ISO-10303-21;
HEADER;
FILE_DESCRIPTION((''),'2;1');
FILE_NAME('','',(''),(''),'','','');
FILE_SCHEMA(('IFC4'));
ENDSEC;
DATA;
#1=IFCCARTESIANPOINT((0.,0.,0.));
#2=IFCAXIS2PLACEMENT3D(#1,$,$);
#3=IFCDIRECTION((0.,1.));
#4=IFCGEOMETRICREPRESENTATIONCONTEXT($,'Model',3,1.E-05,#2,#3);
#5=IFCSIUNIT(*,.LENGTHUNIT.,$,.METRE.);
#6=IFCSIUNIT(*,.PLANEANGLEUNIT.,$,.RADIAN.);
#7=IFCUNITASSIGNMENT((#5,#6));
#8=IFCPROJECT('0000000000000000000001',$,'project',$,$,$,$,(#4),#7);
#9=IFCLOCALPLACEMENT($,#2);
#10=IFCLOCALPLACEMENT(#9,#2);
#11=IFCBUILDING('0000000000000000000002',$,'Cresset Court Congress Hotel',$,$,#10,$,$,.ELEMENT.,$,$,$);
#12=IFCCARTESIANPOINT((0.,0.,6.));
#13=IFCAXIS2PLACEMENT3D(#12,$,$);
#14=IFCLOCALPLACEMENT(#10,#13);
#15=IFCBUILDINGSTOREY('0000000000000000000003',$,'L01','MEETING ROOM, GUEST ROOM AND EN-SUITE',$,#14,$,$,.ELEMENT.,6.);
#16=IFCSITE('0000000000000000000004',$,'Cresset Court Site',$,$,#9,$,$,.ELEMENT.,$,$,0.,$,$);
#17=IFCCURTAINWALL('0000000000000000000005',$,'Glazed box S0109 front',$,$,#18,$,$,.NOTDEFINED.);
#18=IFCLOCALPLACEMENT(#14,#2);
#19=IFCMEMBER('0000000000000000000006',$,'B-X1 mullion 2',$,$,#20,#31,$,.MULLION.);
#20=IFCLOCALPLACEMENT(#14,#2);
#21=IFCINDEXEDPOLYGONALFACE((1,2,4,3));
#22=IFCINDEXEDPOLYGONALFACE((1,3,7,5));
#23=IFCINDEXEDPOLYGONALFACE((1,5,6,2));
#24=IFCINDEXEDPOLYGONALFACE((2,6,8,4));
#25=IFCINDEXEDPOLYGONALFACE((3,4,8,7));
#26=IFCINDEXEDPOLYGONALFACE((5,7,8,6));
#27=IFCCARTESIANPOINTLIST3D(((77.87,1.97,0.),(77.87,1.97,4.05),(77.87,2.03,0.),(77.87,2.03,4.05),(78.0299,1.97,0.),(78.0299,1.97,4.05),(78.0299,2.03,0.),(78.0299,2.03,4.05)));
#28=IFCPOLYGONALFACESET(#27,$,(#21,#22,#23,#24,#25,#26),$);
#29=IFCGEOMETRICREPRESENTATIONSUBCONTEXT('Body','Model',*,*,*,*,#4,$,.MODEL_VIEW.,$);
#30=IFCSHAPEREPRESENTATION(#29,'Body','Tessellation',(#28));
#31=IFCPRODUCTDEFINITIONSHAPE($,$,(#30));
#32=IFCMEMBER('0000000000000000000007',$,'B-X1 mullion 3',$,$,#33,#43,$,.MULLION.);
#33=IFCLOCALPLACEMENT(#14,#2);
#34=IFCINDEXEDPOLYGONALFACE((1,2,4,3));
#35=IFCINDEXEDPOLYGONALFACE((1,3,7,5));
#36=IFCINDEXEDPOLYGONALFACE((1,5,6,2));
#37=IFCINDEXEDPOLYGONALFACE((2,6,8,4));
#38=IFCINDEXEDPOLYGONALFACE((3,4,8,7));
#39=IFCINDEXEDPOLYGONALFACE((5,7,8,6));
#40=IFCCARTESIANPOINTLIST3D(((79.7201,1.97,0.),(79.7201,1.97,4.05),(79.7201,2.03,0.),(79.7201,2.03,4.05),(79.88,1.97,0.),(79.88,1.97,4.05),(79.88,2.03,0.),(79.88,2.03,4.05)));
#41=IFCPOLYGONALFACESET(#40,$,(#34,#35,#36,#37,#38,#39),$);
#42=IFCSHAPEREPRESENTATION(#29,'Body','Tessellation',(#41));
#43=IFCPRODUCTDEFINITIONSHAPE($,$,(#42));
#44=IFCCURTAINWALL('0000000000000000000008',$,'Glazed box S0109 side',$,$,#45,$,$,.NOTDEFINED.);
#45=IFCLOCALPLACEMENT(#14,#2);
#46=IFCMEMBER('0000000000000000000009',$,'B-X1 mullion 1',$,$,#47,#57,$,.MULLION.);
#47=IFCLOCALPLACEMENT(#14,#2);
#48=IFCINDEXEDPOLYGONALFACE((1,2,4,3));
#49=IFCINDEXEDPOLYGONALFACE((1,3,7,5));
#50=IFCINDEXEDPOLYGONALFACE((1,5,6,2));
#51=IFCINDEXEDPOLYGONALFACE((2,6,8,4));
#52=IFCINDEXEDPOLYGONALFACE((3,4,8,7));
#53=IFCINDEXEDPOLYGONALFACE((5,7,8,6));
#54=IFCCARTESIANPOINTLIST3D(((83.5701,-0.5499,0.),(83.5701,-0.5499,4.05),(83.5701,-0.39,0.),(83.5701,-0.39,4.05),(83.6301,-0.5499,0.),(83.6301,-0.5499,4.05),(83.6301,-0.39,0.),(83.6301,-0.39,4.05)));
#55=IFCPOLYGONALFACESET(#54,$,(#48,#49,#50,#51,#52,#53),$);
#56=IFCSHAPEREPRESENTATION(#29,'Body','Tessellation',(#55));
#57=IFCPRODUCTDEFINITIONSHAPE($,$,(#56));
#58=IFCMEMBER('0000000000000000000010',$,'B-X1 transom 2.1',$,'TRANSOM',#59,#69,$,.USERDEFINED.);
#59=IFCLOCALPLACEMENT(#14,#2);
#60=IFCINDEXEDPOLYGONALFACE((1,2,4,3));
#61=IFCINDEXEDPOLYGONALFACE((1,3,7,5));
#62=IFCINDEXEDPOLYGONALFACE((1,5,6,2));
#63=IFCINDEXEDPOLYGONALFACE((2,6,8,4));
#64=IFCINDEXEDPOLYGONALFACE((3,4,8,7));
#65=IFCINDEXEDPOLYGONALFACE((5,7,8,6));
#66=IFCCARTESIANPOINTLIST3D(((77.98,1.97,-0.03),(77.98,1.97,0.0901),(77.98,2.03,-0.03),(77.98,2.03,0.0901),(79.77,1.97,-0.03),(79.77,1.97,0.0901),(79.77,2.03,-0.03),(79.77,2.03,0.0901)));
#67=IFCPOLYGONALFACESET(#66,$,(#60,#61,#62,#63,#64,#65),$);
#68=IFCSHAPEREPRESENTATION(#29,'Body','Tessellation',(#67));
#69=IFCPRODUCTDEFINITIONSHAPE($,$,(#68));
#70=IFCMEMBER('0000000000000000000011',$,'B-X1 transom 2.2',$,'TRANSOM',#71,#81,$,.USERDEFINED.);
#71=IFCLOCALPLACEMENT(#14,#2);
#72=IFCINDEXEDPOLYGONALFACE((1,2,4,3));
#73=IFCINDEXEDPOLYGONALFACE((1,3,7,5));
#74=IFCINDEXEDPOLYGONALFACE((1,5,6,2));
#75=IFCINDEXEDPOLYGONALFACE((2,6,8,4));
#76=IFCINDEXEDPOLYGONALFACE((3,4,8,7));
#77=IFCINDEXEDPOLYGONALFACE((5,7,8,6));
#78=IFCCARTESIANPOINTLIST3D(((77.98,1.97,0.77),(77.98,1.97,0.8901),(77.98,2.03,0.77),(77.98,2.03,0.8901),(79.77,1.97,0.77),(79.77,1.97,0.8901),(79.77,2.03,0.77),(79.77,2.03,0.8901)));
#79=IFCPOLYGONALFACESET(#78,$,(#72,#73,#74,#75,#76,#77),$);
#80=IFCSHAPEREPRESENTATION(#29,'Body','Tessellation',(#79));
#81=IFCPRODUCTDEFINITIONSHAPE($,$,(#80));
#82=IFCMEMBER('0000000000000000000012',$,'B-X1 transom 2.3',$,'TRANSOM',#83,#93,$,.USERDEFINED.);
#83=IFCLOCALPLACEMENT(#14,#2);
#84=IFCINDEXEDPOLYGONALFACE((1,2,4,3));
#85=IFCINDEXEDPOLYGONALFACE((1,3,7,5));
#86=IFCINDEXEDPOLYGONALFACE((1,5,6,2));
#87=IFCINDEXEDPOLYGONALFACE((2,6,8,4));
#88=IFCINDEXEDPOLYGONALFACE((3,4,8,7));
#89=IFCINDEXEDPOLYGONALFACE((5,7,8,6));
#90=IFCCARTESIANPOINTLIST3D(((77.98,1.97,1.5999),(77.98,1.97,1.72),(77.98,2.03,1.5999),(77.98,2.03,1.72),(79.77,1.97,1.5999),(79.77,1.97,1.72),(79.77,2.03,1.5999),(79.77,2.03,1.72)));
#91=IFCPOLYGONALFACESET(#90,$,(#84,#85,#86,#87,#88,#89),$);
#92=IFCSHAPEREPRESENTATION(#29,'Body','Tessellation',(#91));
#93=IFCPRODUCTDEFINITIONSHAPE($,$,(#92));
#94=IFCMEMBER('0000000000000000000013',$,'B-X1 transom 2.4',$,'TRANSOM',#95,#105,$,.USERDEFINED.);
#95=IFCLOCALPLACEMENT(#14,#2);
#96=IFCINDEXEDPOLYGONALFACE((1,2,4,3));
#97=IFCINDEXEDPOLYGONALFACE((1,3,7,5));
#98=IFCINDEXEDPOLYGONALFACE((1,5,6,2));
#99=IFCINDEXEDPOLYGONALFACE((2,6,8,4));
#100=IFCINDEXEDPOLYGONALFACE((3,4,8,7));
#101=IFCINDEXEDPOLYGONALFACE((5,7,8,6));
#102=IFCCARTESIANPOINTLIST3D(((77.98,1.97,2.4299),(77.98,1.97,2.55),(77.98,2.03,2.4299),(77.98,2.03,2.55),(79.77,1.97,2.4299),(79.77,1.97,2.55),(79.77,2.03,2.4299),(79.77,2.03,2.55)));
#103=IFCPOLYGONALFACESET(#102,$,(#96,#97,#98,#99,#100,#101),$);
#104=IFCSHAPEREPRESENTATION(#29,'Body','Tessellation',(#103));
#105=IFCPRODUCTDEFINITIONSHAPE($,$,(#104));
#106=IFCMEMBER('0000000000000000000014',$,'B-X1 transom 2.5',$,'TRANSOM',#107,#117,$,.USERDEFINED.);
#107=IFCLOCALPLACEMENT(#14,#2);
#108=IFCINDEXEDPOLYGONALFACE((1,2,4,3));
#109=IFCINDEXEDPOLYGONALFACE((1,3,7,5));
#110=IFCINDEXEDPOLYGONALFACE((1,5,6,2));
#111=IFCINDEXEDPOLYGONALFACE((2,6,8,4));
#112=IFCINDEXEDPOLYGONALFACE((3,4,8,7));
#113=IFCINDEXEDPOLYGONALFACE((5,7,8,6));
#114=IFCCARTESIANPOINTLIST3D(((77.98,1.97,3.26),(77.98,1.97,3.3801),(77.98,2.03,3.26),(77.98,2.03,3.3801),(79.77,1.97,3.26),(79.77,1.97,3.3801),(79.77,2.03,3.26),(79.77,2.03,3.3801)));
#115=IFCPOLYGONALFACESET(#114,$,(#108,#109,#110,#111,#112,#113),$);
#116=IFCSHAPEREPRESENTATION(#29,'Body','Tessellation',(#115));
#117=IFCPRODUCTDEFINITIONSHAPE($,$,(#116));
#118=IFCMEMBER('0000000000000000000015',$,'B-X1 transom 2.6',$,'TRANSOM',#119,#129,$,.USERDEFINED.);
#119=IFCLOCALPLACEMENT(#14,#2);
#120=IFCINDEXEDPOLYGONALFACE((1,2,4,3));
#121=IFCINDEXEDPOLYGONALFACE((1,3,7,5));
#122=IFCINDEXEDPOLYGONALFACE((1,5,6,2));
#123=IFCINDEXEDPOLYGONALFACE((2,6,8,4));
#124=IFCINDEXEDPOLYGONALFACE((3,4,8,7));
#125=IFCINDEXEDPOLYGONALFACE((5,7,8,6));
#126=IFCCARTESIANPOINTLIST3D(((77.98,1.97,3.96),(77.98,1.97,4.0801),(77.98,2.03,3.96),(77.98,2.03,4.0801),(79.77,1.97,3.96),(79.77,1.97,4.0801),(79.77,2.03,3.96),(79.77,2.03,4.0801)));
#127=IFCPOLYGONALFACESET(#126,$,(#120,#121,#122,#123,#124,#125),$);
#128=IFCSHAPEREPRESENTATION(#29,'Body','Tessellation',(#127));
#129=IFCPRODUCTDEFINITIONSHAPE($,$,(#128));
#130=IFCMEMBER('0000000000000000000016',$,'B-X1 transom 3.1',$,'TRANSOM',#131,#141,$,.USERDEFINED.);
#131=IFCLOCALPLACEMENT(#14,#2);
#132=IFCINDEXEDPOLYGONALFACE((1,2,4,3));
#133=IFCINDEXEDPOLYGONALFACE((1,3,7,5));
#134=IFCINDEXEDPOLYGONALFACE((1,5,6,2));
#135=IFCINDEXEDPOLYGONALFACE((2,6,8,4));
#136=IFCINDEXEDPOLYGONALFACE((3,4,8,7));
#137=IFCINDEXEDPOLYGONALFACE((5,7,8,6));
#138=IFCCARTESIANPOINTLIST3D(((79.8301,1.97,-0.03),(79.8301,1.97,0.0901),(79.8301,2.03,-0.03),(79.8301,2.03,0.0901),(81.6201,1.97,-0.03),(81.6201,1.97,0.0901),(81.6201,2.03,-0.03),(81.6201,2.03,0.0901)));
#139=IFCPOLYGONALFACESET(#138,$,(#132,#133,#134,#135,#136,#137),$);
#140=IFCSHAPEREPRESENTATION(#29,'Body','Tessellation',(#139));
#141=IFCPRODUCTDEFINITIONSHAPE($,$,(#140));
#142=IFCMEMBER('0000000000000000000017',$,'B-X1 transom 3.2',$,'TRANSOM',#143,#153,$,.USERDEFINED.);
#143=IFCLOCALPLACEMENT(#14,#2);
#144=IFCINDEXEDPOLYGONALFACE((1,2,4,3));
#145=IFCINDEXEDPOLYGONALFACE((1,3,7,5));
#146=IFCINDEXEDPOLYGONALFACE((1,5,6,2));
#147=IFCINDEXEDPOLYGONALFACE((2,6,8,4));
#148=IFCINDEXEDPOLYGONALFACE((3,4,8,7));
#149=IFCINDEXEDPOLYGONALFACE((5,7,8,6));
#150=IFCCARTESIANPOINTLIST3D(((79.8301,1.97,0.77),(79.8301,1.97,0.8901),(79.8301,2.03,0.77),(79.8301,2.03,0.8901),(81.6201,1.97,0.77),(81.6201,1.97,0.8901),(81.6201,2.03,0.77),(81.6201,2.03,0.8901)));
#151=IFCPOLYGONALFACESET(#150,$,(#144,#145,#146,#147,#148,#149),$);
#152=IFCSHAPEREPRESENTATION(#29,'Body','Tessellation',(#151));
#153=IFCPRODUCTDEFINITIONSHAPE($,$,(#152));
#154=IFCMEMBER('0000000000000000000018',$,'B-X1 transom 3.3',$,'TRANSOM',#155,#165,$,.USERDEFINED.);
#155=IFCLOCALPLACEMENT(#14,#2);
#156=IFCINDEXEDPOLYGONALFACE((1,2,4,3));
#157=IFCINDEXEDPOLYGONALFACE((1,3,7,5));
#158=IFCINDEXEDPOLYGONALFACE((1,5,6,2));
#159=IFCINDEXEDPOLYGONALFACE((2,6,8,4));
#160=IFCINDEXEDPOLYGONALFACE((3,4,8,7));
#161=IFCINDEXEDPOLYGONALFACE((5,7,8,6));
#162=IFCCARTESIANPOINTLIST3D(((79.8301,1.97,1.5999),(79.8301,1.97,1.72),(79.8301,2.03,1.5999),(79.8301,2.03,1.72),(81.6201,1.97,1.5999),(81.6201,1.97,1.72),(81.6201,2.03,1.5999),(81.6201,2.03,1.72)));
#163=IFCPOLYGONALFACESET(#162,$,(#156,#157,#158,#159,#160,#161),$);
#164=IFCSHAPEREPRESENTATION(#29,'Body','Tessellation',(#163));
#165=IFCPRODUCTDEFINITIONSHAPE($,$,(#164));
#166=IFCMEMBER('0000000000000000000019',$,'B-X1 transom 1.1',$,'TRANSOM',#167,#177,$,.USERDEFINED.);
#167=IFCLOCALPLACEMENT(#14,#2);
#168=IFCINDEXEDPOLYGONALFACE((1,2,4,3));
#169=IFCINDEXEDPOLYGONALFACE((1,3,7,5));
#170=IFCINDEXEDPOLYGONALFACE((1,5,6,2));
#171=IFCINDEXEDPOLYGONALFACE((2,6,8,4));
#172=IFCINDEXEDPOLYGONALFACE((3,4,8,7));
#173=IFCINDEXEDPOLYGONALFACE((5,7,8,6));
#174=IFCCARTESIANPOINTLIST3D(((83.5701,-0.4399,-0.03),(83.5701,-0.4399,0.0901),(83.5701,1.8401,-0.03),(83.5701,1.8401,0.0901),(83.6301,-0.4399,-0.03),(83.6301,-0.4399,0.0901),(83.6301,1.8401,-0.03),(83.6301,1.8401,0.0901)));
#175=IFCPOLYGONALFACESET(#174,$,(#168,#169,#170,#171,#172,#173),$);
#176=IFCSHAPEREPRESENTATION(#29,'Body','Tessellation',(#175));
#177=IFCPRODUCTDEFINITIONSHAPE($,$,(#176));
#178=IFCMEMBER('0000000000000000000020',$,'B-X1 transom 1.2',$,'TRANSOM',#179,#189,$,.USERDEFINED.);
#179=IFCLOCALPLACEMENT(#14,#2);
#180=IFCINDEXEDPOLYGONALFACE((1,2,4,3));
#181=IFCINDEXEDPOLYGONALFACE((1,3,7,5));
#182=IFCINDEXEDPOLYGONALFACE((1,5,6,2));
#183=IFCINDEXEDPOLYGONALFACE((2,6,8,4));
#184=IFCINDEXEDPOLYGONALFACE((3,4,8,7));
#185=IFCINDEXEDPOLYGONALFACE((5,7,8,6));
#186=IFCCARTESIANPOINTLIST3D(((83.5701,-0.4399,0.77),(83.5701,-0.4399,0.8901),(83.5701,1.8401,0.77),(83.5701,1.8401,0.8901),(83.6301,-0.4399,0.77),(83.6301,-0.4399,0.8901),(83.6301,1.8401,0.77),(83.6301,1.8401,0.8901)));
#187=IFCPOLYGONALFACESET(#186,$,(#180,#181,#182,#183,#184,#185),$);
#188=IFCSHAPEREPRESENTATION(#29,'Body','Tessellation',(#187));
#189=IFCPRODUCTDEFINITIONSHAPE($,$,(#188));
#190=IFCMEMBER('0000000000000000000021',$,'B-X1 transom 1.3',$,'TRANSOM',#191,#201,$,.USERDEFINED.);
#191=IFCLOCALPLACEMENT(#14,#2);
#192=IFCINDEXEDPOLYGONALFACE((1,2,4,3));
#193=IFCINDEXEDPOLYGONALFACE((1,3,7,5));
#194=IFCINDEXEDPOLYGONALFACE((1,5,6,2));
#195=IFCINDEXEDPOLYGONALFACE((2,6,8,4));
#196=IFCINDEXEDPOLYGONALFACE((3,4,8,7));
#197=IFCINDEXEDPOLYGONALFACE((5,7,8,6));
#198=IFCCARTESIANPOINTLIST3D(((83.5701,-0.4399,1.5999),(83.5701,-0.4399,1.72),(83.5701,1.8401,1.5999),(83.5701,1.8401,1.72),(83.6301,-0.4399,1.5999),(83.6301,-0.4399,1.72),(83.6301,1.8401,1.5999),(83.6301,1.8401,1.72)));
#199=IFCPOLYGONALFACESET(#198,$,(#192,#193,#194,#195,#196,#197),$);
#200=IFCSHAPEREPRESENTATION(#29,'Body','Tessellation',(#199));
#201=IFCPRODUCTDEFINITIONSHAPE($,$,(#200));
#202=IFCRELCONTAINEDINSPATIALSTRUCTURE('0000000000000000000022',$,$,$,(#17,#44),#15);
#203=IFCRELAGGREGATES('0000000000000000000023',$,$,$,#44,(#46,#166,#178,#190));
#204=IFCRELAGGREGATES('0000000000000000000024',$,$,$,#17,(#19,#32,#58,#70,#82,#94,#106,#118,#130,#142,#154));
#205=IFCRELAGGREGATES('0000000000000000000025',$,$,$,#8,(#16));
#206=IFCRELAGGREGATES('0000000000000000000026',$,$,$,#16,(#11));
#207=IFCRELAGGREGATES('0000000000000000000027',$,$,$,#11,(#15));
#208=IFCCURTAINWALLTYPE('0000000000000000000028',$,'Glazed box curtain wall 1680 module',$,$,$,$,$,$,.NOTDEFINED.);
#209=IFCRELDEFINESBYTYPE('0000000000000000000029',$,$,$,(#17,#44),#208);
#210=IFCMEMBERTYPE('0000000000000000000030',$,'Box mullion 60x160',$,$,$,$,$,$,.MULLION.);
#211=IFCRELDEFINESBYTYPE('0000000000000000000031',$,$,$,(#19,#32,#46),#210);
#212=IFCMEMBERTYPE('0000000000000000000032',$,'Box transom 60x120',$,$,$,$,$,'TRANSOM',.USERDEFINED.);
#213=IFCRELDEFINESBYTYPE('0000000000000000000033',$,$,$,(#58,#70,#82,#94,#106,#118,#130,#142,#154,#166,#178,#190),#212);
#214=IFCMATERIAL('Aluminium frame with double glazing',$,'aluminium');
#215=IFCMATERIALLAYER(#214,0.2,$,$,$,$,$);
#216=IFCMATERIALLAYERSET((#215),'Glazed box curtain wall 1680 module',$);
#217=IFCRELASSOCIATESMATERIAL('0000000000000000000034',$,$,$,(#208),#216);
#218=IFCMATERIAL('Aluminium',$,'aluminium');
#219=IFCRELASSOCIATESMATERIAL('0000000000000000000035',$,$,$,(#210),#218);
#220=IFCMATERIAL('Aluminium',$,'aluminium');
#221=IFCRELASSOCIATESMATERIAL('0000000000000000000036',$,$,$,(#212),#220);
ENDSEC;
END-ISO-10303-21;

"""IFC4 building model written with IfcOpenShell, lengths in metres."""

from ifc_helpers import new_model, si_unit, direction, frame, origin, origin_2d, place, context, subcontext, project, spatial, rectangle, extrude, material, layer, layer_set, material_profile, profile_set, type_object, element, aggregate, save


model = new_model("IFC4")

# Units and contexts
model_context = context("Model", 3, precision=1e-05, world=origin(), true_north=direction((0.0, 1.0)))
body_context = subcontext(model_context, "Body", "Model", "MODEL_VIEW")
ifc_project = project(units=[si_unit("LENGTHUNIT", "METRE"), si_unit("PLANEANGLEUNIT", "RADIAN")], contexts=[model_context])

# Site, building, storey
site_placement = place(None, origin())
site = spatial("IfcSite", under=ifc_project, at=site_placement, Name="Cresset Court Site", CompositionType="ELEMENT", RefElevation=0.0)
building_placement = place(site_placement, origin())
building = spatial("IfcBuilding", under=site, at=building_placement, Name="Cresset Court Congress Hotel", CompositionType="ELEMENT")
storey_placement = place(building_placement, frame((0.0, 0.0, 6.0)))
storey = spatial("IfcBuildingStorey", under=building, at=storey_placement, Name="L01", Description="MEETING ROOM, GUEST ROOM AND EN-SUITE", CompositionType="ELEMENT", Elevation=6.0)

# Curtain wall, members
ifc_material_1 = material(Name="Aluminium frame with double glazing", Category="aluminium")
ifc_layer_1 = layer(ifc_material_1, 0.2)
ifc_layer_set_1 = layer_set([ifc_layer_1], Name="Glazed box curtain wall 1680 module")
curtain_wall_type = type_object("IfcCurtainWallType", Name="Glazed box curtain wall 1680 module", PredefinedType="NOTDEFINED", material=ifc_layer_set_1)
curtain_wall_1_placement = place(storey_placement, origin())
curtain_wall_1 = element("IfcCurtainWall", 1, at=curtain_wall_1_placement, inside=storey, type_object=curtain_wall_type, Name="Glazed box S0109 front", PredefinedType="NOTDEFINED")
ifc_material_2 = material(Name="Aluminium", Category="aluminium")
ifc_material_profile_1 = material_profile(ifc_material_2, rectangle(XDim=0.0601, YDim=0.1599, at=origin_2d()), Name="Box mullion 60x160")
ifc_profile_set_1 = profile_set([ifc_material_profile_1], Name="Aluminium")
member_type_1 = type_object("IfcMemberType", Name="Box mullion 60x160", PredefinedType="MULLION", material=ifc_profile_set_1)
member_1_placement = place(storey_placement, frame((77.95, 2.0, 0.0), z_axis=(0.0, 0.0, 1.0), x_axis=(0.0, 1.0, 0.0)))
member_1 = element("IfcMember", 2, at=member_1_placement, type_object=member_type_1, Name="B-X1 mullion 2", PredefinedType="MULLION", context=body_context, shape_type="SweptSolid", body=[
    extrude(rectangle(XDim=0.0601, YDim=0.1599, at=origin_2d()), origin(), (0.0, 0.0, 1.0), 4.05),
])
member_2_placement = place(storey_placement, frame((79.8, 2.0, 0.0), z_axis=(0.0, 0.0, 1.0), x_axis=(0.0, 1.0, 0.0)))
member_2 = element("IfcMember", 3, at=member_2_placement, type_object=member_type_1, Name="B-X1 mullion 3", PredefinedType="MULLION", context=body_context, shape_type="SweptSolid", body=[
    extrude(rectangle(XDim=0.0601, YDim=0.1599, at=origin_2d()), origin(), (0.0, 0.0, 1.0), 4.05),
])

# Curtain wall, member
curtain_wall_2_placement = place(storey_placement, origin())
curtain_wall_2 = element("IfcCurtainWall", 4, at=curtain_wall_2_placement, inside=storey, type_object=curtain_wall_type, Name="Glazed box S0109 side", PredefinedType="NOTDEFINED")
member_3_placement = place(storey_placement, frame((83.6001, -0.47, 0.0), z_axis=(0.0, 0.0, 1.0), x_axis=(-1.0, 0.0, 0.0)))
member_3 = element("IfcMember", 5, at=member_3_placement, type_object=member_type_1, Name="B-X1 mullion 1", PredefinedType="MULLION", context=body_context, shape_type="SweptSolid", body=[
    extrude(rectangle(XDim=0.0601, YDim=0.1599, at=origin_2d()), origin(), (0.0, 0.0, 1.0), 4.05),
])

# Members
ifc_material_3 = material(Name="Aluminium", Category="aluminium")
ifc_material_profile_2 = material_profile(ifc_material_3, rectangle(XDim=0.0601, YDim=0.1201, at=origin_2d()), Name="Box transom 60x120")
ifc_profile_set_2 = profile_set([ifc_material_profile_2], Name="Aluminium")
member_type_2 = type_object("IfcMemberType", Name="Box transom 60x120", ElementType="TRANSOM", PredefinedType="USERDEFINED", material=ifc_profile_set_2)
member_4_placement = place(storey_placement, frame((77.98, 2.0, 0.03), z_axis=(1.0, 0.0, 0.0), x_axis=(0.0, 1.0, 0.0)))
member_4 = element("IfcMember", 6, at=member_4_placement, type_object=member_type_2, Name="B-X1 transom 2.1", ObjectType="TRANSOM", PredefinedType="USERDEFINED", context=body_context, shape_type="SweptSolid", body=[
    extrude(rectangle(XDim=0.0601, YDim=0.1201, at=origin_2d()), origin(), (0.0, 0.0, 1.0), 1.79),
])
member_5_placement = place(storey_placement, frame((77.98, 2.0, 0.8301), z_axis=(1.0, 0.0, 0.0), x_axis=(0.0, 1.0, 0.0)))
member_5 = element("IfcMember", 7, at=member_5_placement, type_object=member_type_2, Name="B-X1 transom 2.2", ObjectType="TRANSOM", PredefinedType="USERDEFINED", context=body_context, shape_type="SweptSolid", body=[
    extrude(rectangle(XDim=0.0601, YDim=0.1201, at=origin_2d()), origin(), (0.0, 0.0, 1.0), 1.79),
])
member_6_placement = place(storey_placement, frame((77.98, 2.0, 1.6599), z_axis=(1.0, 0.0, 0.0), x_axis=(0.0, 1.0, 0.0)))
member_6 = element("IfcMember", 8, at=member_6_placement, type_object=member_type_2, Name="B-X1 transom 2.3", ObjectType="TRANSOM", PredefinedType="USERDEFINED", context=body_context, shape_type="SweptSolid", body=[
    extrude(rectangle(XDim=0.0601, YDim=0.1201, at=origin_2d()), origin(), (0.0, 0.0, 1.0), 1.79),
])
member_7_placement = place(storey_placement, frame((77.98, 2.0, 2.49), z_axis=(1.0, 0.0, 0.0), x_axis=(0.0, 1.0, 0.0)))
member_7 = element("IfcMember", 9, at=member_7_placement, type_object=member_type_2, Name="B-X1 transom 2.4", ObjectType="TRANSOM", PredefinedType="USERDEFINED", context=body_context, shape_type="SweptSolid", body=[
    extrude(rectangle(XDim=0.0601, YDim=0.1201, at=origin_2d()), origin(), (0.0, 0.0, 1.0), 1.79),
])
member_8_placement = place(storey_placement, frame((77.98, 2.0, 3.3201), z_axis=(1.0, 0.0, 0.0), x_axis=(0.0, 1.0, 0.0)))
member_8 = element("IfcMember", 10, at=member_8_placement, type_object=member_type_2, Name="B-X1 transom 2.5", ObjectType="TRANSOM", PredefinedType="USERDEFINED", context=body_context, shape_type="SweptSolid", body=[
    extrude(rectangle(XDim=0.0601, YDim=0.1201, at=origin_2d()), origin(), (0.0, 0.0, 1.0), 1.79),
])
member_9_placement = place(storey_placement, frame((77.98, 2.0, 4.02), z_axis=(1.0, 0.0, 0.0), x_axis=(0.0, 1.0, 0.0)))
member_9 = element("IfcMember", 11, at=member_9_placement, type_object=member_type_2, Name="B-X1 transom 2.6", ObjectType="TRANSOM", PredefinedType="USERDEFINED", context=body_context, shape_type="SweptSolid", body=[
    extrude(rectangle(XDim=0.0601, YDim=0.1201, at=origin_2d()), origin(), (0.0, 0.0, 1.0), 1.79),
])
member_10_placement = place(storey_placement, frame((79.8301, 2.0, 0.03), z_axis=(1.0, 0.0, 0.0), x_axis=(0.0, 1.0, 0.0)))
member_10 = element("IfcMember", 12, at=member_10_placement, type_object=member_type_2, Name="B-X1 transom 3.1", ObjectType="TRANSOM", PredefinedType="USERDEFINED", context=body_context, shape_type="SweptSolid", body=[
    extrude(rectangle(XDim=0.0601, YDim=0.1201, at=origin_2d()), origin(), (0.0, 0.0, 1.0), 1.79),
])
member_11_placement = place(storey_placement, frame((79.8301, 2.0, 0.8301), z_axis=(1.0, 0.0, 0.0), x_axis=(0.0, 1.0, 0.0)))
member_11 = element("IfcMember", 13, at=member_11_placement, type_object=member_type_2, Name="B-X1 transom 3.2", ObjectType="TRANSOM", PredefinedType="USERDEFINED", context=body_context, shape_type="SweptSolid", body=[
    extrude(rectangle(XDim=0.0601, YDim=0.1201, at=origin_2d()), origin(), (0.0, 0.0, 1.0), 1.79),
])
member_12_placement = place(storey_placement, frame((79.8301, 2.0, 1.6599), z_axis=(1.0, 0.0, 0.0), x_axis=(0.0, 1.0, 0.0)))
member_12 = element("IfcMember", 14, at=member_12_placement, type_object=member_type_2, Name="B-X1 transom 3.3", ObjectType="TRANSOM", PredefinedType="USERDEFINED", context=body_context, shape_type="SweptSolid", body=[
    extrude(rectangle(XDim=0.0601, YDim=0.1201, at=origin_2d()), origin(), (0.0, 0.0, 1.0), 1.79),
])
member_13_placement = place(storey_placement, frame((83.6001, -0.4399, 0.03), z_axis=(0.0, 1.0, 0.0), x_axis=(-1.0, 0.0, 0.0)))
member_13 = element("IfcMember", 15, at=member_13_placement, type_object=member_type_2, Name="B-X1 transom 1.1", ObjectType="TRANSOM", PredefinedType="USERDEFINED", context=body_context, shape_type="SweptSolid", body=[
    extrude(rectangle(XDim=0.0601, YDim=0.1201, at=origin_2d()), origin(), (0.0, 0.0, 1.0), 2.28),
])
member_14_placement = place(storey_placement, frame((83.6001, -0.4399, 0.8301), z_axis=(0.0, 1.0, 0.0), x_axis=(-1.0, 0.0, 0.0)))
member_14 = element("IfcMember", 16, at=member_14_placement, type_object=member_type_2, Name="B-X1 transom 1.2", ObjectType="TRANSOM", PredefinedType="USERDEFINED", context=body_context, shape_type="SweptSolid", body=[
    extrude(rectangle(XDim=0.0601, YDim=0.1201, at=origin_2d()), origin(), (0.0, 0.0, 1.0), 2.28),
])
member_15_placement = place(storey_placement, frame((83.6001, -0.4399, 1.6599), z_axis=(0.0, 1.0, 0.0), x_axis=(-1.0, 0.0, 0.0)))
member_15 = element("IfcMember", 17, at=member_15_placement, type_object=member_type_2, Name="B-X1 transom 1.3", ObjectType="TRANSOM", PredefinedType="USERDEFINED", context=body_context, shape_type="SweptSolid", body=[
    extrude(rectangle(XDim=0.0601, YDim=0.1201, at=origin_2d()), origin(), (0.0, 0.0, 1.0), 2.28),
])
aggregate(curtain_wall_2, [member_3, member_13, member_14, member_15])

aggregate(curtain_wall_1, [member_1, member_2, member_4, member_5, member_6, member_7, member_8, member_9, member_10, member_11, member_12])

save(model, "model.ifc")
